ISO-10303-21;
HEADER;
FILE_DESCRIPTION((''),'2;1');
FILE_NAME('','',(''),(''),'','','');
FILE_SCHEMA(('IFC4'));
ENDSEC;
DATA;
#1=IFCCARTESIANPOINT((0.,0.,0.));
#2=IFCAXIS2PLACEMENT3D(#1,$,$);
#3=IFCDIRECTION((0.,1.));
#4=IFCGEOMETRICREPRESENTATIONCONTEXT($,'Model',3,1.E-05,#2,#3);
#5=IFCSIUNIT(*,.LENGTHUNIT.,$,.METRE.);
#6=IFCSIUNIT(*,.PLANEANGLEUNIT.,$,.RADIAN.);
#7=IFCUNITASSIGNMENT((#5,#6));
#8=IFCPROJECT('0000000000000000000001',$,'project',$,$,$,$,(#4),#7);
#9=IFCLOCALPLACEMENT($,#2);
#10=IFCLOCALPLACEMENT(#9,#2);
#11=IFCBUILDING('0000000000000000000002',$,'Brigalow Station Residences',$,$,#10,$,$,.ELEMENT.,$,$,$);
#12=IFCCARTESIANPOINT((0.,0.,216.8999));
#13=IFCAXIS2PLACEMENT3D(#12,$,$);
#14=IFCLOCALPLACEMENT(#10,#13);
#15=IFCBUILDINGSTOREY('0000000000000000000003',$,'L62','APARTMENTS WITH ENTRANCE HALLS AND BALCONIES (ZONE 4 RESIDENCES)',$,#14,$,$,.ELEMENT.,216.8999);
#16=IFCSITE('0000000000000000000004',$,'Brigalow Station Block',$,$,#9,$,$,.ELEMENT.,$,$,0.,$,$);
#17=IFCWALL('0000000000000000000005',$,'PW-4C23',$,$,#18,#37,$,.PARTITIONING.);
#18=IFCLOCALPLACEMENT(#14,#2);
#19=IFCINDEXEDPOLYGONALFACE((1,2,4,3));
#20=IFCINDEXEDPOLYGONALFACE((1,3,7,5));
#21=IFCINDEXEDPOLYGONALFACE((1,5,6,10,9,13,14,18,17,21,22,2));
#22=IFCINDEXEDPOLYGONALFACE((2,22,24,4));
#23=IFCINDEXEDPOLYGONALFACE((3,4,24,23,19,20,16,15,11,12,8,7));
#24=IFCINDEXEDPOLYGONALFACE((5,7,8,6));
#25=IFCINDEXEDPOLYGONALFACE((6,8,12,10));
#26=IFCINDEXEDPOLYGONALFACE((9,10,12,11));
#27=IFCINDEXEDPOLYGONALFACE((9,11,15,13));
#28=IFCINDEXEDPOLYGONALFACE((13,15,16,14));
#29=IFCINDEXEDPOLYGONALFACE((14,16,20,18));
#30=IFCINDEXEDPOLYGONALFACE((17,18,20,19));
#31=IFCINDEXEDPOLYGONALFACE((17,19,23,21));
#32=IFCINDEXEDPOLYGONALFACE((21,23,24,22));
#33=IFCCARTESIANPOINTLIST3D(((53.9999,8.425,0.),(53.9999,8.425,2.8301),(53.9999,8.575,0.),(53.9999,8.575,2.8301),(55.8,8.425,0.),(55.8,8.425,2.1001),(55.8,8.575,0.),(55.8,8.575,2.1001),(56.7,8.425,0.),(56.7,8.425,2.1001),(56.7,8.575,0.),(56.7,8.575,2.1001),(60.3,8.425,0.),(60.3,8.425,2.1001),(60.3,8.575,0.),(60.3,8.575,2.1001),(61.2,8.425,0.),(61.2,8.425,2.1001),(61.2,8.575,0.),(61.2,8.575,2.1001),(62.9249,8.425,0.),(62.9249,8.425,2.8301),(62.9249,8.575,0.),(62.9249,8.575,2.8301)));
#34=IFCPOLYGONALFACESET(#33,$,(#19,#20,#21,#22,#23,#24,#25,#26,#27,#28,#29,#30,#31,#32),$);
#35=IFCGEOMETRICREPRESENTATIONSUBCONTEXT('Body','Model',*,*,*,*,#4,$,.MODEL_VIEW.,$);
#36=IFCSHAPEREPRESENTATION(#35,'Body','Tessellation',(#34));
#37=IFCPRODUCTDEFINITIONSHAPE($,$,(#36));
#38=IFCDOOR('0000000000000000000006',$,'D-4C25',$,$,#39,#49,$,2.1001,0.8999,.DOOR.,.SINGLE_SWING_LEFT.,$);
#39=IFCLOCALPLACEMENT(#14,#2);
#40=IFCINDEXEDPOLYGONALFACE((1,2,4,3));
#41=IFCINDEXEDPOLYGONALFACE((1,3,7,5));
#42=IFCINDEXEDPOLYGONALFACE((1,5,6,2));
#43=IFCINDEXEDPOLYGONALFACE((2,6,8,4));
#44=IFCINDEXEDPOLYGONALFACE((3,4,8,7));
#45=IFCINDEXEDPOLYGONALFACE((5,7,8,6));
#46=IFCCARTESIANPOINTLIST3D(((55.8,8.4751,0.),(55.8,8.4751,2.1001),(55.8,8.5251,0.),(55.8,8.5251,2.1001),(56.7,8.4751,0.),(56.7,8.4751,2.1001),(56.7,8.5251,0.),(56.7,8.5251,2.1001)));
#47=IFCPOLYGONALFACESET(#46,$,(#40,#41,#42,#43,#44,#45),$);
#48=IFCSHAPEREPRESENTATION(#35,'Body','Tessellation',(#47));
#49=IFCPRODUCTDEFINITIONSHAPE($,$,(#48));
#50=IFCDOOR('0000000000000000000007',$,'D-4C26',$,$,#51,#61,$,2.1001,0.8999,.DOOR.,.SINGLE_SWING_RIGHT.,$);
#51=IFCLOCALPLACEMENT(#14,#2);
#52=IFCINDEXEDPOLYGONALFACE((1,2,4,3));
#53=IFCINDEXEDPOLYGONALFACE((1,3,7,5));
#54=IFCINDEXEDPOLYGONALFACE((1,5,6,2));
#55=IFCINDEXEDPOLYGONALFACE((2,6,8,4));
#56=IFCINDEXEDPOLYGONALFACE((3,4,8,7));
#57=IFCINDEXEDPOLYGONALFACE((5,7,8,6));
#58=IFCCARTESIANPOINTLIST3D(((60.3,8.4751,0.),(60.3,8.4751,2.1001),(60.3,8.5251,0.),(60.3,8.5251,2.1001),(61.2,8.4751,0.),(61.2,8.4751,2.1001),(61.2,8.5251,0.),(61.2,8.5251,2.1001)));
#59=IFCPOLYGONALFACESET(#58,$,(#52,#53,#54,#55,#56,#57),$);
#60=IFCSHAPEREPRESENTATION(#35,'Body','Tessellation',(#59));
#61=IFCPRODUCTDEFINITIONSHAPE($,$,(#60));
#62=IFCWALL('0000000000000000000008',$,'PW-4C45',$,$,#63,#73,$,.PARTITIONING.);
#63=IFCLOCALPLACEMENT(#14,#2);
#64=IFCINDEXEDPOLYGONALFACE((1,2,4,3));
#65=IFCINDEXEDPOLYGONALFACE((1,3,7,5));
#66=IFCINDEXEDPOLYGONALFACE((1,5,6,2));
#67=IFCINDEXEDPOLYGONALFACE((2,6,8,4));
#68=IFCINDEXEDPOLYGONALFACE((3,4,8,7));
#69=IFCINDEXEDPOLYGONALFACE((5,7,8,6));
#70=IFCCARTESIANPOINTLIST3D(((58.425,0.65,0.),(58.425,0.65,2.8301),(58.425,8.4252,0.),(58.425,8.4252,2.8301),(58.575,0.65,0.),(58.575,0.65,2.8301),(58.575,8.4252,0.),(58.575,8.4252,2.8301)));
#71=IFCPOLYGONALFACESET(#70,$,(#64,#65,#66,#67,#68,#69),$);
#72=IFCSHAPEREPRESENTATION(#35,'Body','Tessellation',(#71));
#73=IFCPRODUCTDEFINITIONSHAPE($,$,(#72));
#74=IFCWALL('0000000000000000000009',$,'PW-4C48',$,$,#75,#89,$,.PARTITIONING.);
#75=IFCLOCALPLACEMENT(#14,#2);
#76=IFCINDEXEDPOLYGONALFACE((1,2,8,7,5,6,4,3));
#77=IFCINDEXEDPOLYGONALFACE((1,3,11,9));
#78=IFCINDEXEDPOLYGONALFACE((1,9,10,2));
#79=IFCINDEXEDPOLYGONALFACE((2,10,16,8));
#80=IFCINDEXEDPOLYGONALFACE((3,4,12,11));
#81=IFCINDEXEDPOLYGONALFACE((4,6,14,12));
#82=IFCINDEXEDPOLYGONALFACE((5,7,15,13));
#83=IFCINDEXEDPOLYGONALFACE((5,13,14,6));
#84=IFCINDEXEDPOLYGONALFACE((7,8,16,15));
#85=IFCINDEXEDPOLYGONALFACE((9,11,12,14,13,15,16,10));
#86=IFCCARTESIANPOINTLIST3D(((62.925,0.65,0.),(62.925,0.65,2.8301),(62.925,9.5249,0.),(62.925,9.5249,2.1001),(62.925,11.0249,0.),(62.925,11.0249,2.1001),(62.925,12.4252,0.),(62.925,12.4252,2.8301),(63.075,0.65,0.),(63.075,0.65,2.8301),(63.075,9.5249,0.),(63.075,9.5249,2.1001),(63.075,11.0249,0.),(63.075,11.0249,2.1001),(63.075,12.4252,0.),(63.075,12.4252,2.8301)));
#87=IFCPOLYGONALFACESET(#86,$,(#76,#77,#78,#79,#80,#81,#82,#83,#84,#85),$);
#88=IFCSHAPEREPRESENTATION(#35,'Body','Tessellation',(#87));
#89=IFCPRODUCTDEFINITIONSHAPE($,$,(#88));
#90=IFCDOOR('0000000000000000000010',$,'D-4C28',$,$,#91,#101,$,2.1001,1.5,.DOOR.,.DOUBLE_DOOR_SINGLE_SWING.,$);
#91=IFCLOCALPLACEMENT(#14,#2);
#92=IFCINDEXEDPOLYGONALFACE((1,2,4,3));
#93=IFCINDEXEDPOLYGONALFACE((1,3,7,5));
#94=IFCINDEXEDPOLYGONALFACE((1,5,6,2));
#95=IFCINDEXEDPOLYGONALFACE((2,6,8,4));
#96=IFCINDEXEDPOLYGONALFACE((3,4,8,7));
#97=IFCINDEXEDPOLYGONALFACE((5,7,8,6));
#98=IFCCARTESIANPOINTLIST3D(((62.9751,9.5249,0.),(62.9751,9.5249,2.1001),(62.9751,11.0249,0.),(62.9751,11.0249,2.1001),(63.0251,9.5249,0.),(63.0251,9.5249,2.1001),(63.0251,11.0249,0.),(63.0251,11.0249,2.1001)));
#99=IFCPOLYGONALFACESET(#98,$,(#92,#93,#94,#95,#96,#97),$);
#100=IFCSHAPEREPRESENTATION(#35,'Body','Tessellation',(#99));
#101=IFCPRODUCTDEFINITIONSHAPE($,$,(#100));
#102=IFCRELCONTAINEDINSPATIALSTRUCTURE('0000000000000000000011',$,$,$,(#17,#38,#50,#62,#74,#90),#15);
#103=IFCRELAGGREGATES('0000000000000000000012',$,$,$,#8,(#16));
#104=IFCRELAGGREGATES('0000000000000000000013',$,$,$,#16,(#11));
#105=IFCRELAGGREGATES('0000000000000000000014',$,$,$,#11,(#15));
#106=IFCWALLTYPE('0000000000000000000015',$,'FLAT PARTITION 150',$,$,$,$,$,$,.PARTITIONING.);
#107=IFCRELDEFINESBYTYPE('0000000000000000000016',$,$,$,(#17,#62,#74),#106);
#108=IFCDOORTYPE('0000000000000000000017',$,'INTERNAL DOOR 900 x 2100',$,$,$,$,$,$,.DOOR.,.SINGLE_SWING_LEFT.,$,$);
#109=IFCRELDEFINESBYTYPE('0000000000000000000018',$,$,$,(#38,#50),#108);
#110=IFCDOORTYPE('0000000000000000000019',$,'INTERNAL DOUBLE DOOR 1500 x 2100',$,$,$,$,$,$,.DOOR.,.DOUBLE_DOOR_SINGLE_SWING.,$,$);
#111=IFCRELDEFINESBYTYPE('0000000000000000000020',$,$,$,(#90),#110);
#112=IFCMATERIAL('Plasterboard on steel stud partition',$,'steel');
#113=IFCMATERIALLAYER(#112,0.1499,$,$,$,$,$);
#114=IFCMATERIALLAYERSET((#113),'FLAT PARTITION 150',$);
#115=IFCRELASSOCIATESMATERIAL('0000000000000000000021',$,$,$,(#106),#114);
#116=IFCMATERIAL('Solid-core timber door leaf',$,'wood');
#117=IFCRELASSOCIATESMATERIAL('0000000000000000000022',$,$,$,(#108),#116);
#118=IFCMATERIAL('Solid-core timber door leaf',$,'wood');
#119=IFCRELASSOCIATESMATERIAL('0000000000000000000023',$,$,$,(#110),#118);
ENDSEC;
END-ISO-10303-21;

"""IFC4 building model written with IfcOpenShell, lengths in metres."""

from ifc_helpers import new_model, si_unit, direction, frame, frame_2d, origin, place, context, subcontext, project, spatial, rectangle, extrude, material, layer, layer_set, type_object, element, fill, save


model = new_model("IFC4")

# Units and contexts
model_context = context("Model", 3, precision=1e-05, world=origin(), true_north=direction((0.0, 1.0)))
body_context = subcontext(model_context, "Body", "Model", "MODEL_VIEW")
ifc_project = project(units=[si_unit("LENGTHUNIT", "METRE"), si_unit("PLANEANGLEUNIT", "RADIAN")], contexts=[model_context])

# Site, building, storey
site_placement = place(None, origin())
site = spatial("IfcSite", under=ifc_project, at=site_placement, Name="Brigalow Station Block", CompositionType="ELEMENT", RefElevation=0.0)
building_placement = place(site_placement, origin())
building = spatial("IfcBuilding", under=site, at=building_placement, Name="Brigalow Station Residences", CompositionType="ELEMENT")
storey_placement = place(building_placement, frame((0.0, 0.0, 216.8999)))
storey = spatial("IfcBuildingStorey", under=building, at=storey_placement, Name="L62", Description="APARTMENTS WITH ENTRANCE HALLS AND BALCONIES (ZONE 4 RESIDENCES)", CompositionType="ELEMENT", Elevation=216.8999)

# Wall, openings, doors
ifc_material_1 = material(Name="Plasterboard on steel stud partition", Category="steel")
ifc_layer_1 = layer(ifc_material_1, 0.1499)
ifc_layer_set_1 = layer_set([ifc_layer_1], Name="FLAT PARTITION 150")
wall_type_1 = type_object("IfcWallType", Name="FLAT PARTITION 150", PredefinedType="PARTITIONING", material=ifc_layer_set_1)
wall_1_placement = place(storey_placement, frame((54.0, 8.5, 0.0), z_axis=(0.0, 0.0, 1.0), x_axis=(1.0, 0.0, 0.0)))
wall_1 = element("IfcWall", 1, at=wall_1_placement, inside=storey, type_object=wall_type_1, Name="PW-4C23", PredefinedType="PARTITIONING", context=body_context, shape_type="SweptSolid", body=[
    extrude(rectangle(XDim=8.925, YDim=0.1499, at=frame_2d((4.4624, 0.0))), origin(), (0.0, 0.0, 1.0), 2.8301),
])
opening_1_placement = place(wall_1_placement, frame((1.8, 0.0, 0.0)))
opening_1 = element("IfcOpeningElement", 2, at=opening_1_placement, cuts=wall_1, PredefinedType="OPENING", context=body_context, shape_type="SweptSolid", body=[
    extrude(rectangle(XDim=0.8999, YDim=2.1001, at=frame_2d((0.45, 1.05))), frame((0.0, 0.085, 0.0), z_axis=(0.0, -1.0, 0.0), x_axis=(1.0, 0.0, 0.0)), (0.0, 0.0, 1.0), 0.1699),
])
opening_2_placement = place(wall_1_placement, frame((6.3, 0.0, 0.0)))
opening_2 = element("IfcOpeningElement", 3, at=opening_2_placement, cuts=wall_1, PredefinedType="OPENING", context=body_context, shape_type="SweptSolid", body=[
    extrude(rectangle(XDim=0.8999, YDim=2.1001, at=frame_2d((0.45, 1.05))), frame((0.0, 0.085, 0.0), z_axis=(0.0, -1.0, 0.0), x_axis=(1.0, 0.0, 0.0)), (0.0, 0.0, 1.0), 0.1699),
])
ifc_material_2 = material(Name="Solid-core timber door leaf", Category="wood")
door_type_1 = type_object("IfcDoorType", Name="INTERNAL DOOR 900 x 2100", OperationType="SINGLE_SWING_LEFT", PredefinedType="DOOR", material=ifc_material_2)
door_1_placement = place(opening_1_placement, frame((0.8999, 0.0, 0.0), z_axis=(0.0, 0.0, 1.0), x_axis=(-1.0, 0.0, 0.0)))
door_1 = element("IfcDoor", 4, at=door_1_placement, inside=storey, type_object=door_type_1, Name="D-4C25", OperationType="SINGLE_SWING_LEFT", OverallHeight=2.1001, OverallWidth=0.8999, PredefinedType="DOOR", context=body_context, shape_type="SweptSolid", body=[
    extrude(rectangle(XDim=0.8999, YDim=2.1001, at=frame_2d((0.45, 1.05))), frame((0.0, 0.0249, 0.0), z_axis=(0.0, -1.0, 0.0), x_axis=(1.0, 0.0, 0.0)), (0.0, 0.0, 1.0), 0.05),
])
fill(opening_1, door_1)
door_2_placement = place(opening_2_placement, frame((0.8999, 0.0, 0.0), z_axis=(0.0, 0.0, 1.0), x_axis=(-1.0, 0.0, 0.0)))
door_2 = element("IfcDoor", 5, at=door_2_placement, inside=storey, type_object=door_type_1, Name="D-4C26", OperationType="SINGLE_SWING_RIGHT", OverallHeight=2.1001, OverallWidth=0.8999, PredefinedType="DOOR", context=body_context, shape_type="SweptSolid", body=[
    extrude(rectangle(XDim=0.8999, YDim=2.1001, at=frame_2d((0.45, 1.05))), frame((0.0, 0.0249, 0.0), z_axis=(0.0, -1.0, 0.0), x_axis=(1.0, 0.0, 0.0)), (0.0, 0.0, 1.0), 0.05),
])
fill(opening_2, door_2)

# Wall
wall_2_placement = place(storey_placement, frame((58.5, 0.6499, 0.0), z_axis=(0.0, 0.0, 1.0), x_axis=(0.0, 1.0, 0.0)))
element("IfcWall", 6, at=wall_2_placement, inside=storey, type_object=wall_type_1, Name="PW-4C45", PredefinedType="PARTITIONING", context=body_context, shape_type="SweptSolid", body=[
    extrude(rectangle(XDim=7.7751, YDim=0.1499, at=frame_2d((3.8877, 0.0))), origin(), (0.0, 0.0, 1.0), 2.8301),
])

# Wall, opening, door
wall_3_placement = place(storey_placement, frame((63.0, 0.6499, 0.0), z_axis=(0.0, 0.0, 1.0), x_axis=(0.0, 1.0, 0.0)))
wall_3 = element("IfcWall", 7, at=wall_3_placement, inside=storey, type_object=wall_type_1, Name="PW-4C48", PredefinedType="PARTITIONING", context=body_context, shape_type="SweptSolid", body=[
    extrude(rectangle(XDim=11.7751, YDim=0.1499, at=frame_2d((5.8877, 0.0))), origin(), (0.0, 0.0, 1.0), 2.8301),
])
opening_3_placement = place(wall_3_placement, frame((8.875, 0.0, 0.0)))
opening_3 = element("IfcOpeningElement", 8, at=opening_3_placement, cuts=wall_3, PredefinedType="OPENING", context=body_context, shape_type="SweptSolid", body=[
    extrude(rectangle(XDim=1.5, YDim=2.1001, at=frame_2d((0.75, 1.05))), frame((0.0, 0.085, 0.0), z_axis=(0.0, -1.0, 0.0), x_axis=(1.0, 0.0, 0.0)), (0.0, 0.0, 1.0), 0.1699),
])
ifc_material_3 = material(Name="Solid-core timber door leaf", Category="wood")
door_type_2 = type_object("IfcDoorType", Name="INTERNAL DOUBLE DOOR 1500 x 2100", OperationType="DOUBLE_DOOR_SINGLE_SWING", PredefinedType="DOOR", material=ifc_material_3)
door_3_placement = place(opening_3_placement, origin())
door_3 = element("IfcDoor", 9, at=door_3_placement, inside=storey, type_object=door_type_2, Name="D-4C28", OperationType="DOUBLE_DOOR_SINGLE_SWING", OverallHeight=2.1001, OverallWidth=1.5, PredefinedType="DOOR", context=body_context, shape_type="SweptSolid", body=[
    extrude(rectangle(XDim=1.5, YDim=2.1001, at=frame_2d((0.75, 1.05))), frame((0.0, 0.0249, 0.0), z_axis=(0.0, -1.0, 0.0), x_axis=(1.0, 0.0, 0.0)), (0.0, 0.0, 1.0), 0.05),
])
fill(opening_3, door_3)

save(model, "model.ifc")
